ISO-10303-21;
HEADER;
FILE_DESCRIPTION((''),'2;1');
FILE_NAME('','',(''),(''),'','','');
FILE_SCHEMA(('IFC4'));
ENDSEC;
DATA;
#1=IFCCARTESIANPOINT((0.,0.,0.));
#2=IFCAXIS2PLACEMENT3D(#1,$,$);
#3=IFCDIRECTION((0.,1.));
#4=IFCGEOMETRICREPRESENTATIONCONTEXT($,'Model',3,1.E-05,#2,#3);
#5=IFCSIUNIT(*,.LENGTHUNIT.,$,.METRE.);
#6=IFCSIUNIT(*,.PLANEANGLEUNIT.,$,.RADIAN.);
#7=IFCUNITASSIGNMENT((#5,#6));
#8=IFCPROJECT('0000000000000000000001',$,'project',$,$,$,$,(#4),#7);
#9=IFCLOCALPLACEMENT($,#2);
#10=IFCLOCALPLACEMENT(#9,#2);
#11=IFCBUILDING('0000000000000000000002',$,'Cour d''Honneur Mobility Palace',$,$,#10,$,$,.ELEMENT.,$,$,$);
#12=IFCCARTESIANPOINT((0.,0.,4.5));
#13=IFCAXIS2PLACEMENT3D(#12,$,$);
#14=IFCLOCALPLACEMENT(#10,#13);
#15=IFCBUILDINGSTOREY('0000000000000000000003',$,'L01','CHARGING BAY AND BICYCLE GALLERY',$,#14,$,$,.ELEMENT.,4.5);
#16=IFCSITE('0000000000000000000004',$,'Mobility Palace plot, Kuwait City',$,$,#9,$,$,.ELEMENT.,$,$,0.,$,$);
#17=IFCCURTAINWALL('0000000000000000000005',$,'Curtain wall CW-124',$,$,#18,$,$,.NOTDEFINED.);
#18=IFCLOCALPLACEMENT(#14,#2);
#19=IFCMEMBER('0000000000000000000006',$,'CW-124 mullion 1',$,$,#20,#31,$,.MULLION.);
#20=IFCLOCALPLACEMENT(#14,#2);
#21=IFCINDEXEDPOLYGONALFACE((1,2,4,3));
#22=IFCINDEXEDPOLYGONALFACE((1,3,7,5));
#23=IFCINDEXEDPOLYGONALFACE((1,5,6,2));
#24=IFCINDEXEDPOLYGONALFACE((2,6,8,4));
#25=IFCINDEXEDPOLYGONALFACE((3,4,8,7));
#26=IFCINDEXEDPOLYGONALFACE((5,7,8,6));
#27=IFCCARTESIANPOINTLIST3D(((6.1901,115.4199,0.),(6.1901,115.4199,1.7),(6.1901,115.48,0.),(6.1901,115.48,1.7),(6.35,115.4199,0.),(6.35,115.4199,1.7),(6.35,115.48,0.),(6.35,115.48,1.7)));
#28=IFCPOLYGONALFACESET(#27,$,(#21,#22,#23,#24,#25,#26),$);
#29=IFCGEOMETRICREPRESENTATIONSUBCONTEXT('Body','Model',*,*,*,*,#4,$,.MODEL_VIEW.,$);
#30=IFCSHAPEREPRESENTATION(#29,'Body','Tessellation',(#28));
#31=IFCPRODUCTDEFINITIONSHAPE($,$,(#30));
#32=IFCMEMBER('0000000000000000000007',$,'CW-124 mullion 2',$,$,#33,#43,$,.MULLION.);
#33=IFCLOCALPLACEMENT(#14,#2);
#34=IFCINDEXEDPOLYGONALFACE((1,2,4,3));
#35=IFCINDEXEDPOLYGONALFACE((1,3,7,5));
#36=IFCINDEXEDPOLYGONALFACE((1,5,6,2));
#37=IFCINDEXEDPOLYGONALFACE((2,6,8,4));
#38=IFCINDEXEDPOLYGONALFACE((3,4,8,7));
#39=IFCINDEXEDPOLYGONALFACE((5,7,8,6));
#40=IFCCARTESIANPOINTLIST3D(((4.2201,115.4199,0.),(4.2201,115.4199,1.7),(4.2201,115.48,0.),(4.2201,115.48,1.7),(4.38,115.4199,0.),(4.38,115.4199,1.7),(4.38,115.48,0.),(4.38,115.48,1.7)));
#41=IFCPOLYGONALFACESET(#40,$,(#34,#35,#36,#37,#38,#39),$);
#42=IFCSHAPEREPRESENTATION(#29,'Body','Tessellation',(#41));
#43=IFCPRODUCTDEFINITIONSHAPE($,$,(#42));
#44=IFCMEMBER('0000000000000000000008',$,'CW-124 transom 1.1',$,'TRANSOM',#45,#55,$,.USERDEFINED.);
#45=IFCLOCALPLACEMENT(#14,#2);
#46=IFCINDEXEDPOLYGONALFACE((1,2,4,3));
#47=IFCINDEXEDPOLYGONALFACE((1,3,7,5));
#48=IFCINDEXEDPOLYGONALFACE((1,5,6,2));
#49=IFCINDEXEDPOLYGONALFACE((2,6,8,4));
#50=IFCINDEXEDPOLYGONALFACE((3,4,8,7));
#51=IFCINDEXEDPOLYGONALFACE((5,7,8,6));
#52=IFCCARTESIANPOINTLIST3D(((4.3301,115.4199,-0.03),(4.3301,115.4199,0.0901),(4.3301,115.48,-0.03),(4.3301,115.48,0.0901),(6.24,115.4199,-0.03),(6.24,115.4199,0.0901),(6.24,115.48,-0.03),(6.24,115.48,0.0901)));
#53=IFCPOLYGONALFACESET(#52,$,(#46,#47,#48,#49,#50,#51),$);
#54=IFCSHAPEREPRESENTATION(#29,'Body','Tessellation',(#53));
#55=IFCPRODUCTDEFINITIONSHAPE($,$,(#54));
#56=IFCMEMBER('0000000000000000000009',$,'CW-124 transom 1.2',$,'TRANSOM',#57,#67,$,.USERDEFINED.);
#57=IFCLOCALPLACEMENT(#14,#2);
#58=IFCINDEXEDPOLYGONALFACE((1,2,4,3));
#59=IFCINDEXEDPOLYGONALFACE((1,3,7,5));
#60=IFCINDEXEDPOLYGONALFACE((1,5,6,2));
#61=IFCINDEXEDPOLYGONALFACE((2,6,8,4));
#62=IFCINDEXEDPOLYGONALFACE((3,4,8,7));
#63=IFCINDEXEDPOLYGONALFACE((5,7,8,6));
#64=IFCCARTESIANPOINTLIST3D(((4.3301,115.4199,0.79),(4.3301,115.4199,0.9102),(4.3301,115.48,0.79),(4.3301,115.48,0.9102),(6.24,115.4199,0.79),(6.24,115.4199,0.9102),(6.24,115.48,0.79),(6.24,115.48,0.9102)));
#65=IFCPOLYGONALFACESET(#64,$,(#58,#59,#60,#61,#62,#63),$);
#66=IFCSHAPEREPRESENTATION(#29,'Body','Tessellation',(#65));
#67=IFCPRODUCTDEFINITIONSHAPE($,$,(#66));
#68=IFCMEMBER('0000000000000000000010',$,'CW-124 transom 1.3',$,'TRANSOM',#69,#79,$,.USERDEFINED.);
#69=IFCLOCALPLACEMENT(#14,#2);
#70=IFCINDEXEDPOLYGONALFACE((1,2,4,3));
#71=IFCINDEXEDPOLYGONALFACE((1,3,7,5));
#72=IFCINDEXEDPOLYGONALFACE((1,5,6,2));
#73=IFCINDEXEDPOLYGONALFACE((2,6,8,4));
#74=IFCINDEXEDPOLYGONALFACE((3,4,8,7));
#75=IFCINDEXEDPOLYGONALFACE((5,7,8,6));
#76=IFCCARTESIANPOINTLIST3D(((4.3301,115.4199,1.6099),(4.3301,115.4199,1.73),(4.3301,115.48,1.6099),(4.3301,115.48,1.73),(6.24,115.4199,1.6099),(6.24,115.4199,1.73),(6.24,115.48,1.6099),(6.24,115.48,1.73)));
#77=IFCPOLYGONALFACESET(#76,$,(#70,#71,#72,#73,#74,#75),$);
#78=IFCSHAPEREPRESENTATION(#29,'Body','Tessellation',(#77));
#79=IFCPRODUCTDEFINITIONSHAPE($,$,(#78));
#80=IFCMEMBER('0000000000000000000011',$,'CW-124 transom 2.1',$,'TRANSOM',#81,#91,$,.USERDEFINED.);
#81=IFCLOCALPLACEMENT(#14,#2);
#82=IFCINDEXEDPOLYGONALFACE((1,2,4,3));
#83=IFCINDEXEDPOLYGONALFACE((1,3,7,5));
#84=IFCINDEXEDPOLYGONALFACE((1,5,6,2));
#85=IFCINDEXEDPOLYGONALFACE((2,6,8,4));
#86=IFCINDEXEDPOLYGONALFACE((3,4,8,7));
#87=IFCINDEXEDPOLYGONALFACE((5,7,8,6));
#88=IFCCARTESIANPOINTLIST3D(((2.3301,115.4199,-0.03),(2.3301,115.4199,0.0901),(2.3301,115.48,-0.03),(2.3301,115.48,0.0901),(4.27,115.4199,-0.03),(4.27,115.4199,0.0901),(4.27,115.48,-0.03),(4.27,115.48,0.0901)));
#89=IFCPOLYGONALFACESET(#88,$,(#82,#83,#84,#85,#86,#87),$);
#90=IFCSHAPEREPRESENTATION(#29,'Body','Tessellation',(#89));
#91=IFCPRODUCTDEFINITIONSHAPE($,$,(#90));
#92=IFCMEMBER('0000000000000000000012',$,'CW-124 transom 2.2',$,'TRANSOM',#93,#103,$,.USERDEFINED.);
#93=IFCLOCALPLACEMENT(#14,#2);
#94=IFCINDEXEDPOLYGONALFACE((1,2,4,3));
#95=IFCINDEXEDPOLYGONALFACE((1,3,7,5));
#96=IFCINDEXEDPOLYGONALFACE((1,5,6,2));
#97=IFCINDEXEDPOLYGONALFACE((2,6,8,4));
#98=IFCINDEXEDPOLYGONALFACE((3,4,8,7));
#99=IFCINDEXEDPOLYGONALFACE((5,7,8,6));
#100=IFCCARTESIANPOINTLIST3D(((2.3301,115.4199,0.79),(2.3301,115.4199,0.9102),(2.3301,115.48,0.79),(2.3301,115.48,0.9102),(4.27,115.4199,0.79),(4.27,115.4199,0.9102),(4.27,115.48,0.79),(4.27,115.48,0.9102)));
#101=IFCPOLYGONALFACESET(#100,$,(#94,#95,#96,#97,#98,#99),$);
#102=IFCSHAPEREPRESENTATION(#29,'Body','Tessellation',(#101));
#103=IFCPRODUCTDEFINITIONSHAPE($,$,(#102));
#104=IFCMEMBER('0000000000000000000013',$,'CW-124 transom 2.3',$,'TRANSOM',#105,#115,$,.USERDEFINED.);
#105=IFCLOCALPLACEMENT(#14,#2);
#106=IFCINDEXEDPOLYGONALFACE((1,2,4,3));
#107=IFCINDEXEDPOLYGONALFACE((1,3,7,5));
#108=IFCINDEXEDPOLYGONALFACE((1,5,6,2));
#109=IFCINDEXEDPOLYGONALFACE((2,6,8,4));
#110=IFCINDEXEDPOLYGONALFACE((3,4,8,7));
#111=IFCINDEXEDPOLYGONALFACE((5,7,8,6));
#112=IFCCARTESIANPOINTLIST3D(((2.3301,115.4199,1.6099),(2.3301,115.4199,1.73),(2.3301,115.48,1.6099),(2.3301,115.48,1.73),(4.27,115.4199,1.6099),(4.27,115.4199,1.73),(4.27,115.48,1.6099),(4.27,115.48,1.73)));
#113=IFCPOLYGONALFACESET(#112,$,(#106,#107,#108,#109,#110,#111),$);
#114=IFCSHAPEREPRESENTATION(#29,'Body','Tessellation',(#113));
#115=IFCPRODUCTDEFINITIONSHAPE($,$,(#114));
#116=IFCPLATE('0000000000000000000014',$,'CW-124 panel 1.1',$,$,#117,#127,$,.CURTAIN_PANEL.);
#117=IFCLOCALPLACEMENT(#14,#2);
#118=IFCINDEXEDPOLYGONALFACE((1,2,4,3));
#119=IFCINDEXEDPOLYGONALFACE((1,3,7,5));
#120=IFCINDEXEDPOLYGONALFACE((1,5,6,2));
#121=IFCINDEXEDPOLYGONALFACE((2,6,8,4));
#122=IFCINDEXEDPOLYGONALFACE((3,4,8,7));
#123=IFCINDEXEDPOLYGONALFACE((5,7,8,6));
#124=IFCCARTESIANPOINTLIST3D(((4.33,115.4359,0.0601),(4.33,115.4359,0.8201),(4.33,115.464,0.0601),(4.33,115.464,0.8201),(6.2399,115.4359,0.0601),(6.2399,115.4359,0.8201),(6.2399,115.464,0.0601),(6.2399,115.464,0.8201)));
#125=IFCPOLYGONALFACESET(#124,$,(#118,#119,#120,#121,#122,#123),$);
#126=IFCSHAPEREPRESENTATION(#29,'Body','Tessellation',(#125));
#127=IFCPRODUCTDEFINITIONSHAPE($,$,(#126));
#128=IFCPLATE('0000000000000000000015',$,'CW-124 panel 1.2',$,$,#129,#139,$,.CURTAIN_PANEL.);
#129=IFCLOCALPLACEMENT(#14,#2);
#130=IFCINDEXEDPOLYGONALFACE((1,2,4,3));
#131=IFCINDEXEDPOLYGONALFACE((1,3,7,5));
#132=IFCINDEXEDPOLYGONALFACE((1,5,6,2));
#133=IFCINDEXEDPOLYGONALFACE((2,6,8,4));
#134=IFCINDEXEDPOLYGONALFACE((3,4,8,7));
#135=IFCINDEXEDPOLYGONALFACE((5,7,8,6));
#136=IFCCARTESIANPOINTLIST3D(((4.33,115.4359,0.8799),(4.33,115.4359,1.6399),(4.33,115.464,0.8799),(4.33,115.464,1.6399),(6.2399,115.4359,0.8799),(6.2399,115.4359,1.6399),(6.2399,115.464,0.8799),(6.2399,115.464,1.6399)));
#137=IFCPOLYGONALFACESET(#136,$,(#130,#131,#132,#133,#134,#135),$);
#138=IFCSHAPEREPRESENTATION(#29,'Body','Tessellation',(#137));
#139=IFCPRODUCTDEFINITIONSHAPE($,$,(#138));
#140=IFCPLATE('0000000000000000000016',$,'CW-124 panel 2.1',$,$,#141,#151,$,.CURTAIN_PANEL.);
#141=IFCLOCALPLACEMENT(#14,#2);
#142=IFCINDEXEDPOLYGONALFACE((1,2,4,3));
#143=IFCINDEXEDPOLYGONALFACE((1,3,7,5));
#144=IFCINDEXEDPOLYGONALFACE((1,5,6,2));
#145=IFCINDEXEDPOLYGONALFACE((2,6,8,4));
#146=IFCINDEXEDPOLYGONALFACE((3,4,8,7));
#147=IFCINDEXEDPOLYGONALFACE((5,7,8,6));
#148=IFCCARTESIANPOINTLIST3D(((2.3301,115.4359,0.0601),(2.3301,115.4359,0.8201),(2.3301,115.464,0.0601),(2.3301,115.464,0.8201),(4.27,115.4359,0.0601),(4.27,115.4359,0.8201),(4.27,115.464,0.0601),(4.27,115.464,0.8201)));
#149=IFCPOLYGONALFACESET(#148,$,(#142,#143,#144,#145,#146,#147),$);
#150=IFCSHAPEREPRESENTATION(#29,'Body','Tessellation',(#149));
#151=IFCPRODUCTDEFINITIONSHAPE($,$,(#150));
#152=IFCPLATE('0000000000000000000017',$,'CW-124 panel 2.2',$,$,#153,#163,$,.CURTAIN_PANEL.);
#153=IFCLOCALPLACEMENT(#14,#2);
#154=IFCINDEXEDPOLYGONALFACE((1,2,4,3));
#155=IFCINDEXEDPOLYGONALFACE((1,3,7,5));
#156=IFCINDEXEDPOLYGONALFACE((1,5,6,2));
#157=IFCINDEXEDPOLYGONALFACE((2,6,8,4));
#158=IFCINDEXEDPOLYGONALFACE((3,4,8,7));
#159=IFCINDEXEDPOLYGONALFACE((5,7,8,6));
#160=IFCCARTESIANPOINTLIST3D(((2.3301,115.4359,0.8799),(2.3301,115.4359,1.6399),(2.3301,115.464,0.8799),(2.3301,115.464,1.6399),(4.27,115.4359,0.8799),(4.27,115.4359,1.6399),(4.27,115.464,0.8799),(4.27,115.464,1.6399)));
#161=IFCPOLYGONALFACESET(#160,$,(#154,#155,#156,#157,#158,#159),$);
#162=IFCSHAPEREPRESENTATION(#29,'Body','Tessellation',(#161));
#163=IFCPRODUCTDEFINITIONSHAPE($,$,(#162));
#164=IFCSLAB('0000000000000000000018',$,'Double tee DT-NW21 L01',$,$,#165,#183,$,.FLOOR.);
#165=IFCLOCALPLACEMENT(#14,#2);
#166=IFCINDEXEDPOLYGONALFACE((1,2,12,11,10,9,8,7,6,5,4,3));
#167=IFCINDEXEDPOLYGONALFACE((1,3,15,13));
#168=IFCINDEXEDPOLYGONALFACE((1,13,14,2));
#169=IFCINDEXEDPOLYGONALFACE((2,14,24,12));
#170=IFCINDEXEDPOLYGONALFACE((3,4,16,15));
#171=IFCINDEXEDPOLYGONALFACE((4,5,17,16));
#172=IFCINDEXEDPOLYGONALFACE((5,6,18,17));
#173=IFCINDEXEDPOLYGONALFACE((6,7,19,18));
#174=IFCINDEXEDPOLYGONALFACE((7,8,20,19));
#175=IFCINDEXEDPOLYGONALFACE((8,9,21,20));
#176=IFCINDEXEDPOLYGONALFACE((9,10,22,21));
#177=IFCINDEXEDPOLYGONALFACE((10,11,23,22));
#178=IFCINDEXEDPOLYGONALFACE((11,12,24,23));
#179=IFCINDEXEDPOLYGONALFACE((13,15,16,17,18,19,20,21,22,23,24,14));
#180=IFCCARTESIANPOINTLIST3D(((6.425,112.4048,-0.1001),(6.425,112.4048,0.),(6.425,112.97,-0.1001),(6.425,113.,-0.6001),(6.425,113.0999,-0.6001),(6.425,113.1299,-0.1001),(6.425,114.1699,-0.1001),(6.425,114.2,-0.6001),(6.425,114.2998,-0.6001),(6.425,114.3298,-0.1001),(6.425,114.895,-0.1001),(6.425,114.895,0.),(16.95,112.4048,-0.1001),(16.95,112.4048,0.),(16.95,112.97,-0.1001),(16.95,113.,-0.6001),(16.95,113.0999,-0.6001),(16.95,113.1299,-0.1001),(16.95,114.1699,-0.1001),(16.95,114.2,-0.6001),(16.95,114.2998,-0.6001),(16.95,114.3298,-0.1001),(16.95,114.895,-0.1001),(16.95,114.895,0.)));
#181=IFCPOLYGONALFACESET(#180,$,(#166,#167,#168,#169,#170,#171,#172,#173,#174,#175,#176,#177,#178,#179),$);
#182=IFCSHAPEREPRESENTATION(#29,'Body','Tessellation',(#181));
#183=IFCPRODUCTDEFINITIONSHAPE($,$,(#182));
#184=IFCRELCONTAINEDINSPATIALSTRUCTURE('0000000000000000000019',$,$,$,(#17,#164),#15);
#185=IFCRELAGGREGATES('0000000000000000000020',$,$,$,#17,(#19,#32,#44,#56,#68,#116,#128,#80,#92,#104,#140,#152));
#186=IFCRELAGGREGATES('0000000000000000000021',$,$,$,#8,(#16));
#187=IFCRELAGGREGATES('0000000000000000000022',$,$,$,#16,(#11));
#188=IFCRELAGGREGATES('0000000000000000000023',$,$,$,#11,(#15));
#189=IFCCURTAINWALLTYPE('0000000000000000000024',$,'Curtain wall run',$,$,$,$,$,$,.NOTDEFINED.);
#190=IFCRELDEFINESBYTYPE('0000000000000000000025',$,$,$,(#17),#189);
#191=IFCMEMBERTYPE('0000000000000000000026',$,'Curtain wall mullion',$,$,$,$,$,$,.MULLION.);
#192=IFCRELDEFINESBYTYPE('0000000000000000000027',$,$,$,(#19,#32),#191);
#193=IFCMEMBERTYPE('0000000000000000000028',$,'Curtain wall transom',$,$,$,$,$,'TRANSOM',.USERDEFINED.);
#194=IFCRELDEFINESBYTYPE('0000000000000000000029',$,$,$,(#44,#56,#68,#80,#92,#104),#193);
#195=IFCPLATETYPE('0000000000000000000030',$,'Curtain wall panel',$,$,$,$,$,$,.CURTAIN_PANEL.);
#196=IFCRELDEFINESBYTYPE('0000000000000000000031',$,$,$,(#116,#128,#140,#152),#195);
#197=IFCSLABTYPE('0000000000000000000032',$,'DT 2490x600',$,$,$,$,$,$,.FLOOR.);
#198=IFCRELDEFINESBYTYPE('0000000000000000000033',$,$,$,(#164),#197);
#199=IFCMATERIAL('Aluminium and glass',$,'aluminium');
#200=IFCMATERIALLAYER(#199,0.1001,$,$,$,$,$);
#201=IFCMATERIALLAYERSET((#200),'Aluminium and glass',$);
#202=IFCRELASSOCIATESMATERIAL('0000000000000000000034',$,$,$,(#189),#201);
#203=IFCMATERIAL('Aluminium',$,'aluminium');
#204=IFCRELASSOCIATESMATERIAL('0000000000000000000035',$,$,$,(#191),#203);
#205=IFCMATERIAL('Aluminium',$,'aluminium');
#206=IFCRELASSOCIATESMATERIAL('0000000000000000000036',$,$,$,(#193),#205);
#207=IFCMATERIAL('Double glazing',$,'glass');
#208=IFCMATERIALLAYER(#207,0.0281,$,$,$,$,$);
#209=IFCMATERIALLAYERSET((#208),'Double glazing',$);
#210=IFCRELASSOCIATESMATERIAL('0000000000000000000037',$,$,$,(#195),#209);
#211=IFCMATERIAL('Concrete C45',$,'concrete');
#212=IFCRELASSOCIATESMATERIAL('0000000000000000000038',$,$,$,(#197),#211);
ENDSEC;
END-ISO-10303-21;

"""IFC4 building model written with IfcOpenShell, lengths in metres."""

from ifc_helpers import new_model, si_unit, direction, frame, origin, origin_2d, place, context, subcontext, project, spatial, polyline, rectangle, outline, extrude, material, layer, layer_set, material_profile, profile_set, type_object, element, aggregate, save


model = new_model("IFC4")

# Units and contexts
model_context = context("Model", 3, precision=1e-05, world=origin(), true_north=direction((0.0, 1.0)))
body_context = subcontext(model_context, "Body", "Model", "MODEL_VIEW")
ifc_project = project(units=[si_unit("LENGTHUNIT", "METRE"), si_unit("PLANEANGLEUNIT", "RADIAN")], contexts=[model_context])

# Site, building, storey
site_placement = place(None, origin())
site = spatial("IfcSite", under=ifc_project, at=site_placement, Name="Mobility Palace plot, Kuwait City", CompositionType="ELEMENT", RefElevation=0.0)
building_placement = place(site_placement, origin())
building = spatial("IfcBuilding", under=site, at=building_placement, Name="Cour d'Honneur Mobility Palace", CompositionType="ELEMENT")
storey_placement = place(building_placement, frame((0.0, 0.0, 4.5)))
storey = spatial("IfcBuildingStorey", under=building, at=storey_placement, Name="L01", Description="CHARGING BAY AND BICYCLE GALLERY", CompositionType="ELEMENT", Elevation=4.5)

# Curtain wall, members, plates
ifc_material_1 = material(Name="Aluminium and glass", Category="aluminium")
ifc_layer_1 = layer(ifc_material_1, 0.1001)
ifc_layer_set_1 = layer_set([ifc_layer_1], Name="Aluminium and glass")
curtain_wall_type = type_object("IfcCurtainWallType", Name="Curtain wall run", PredefinedType="NOTDEFINED", material=ifc_layer_set_1)
curtain_wall_placement = place(storey_placement, origin())
curtain_wall = element("IfcCurtainWall", 1, at=curtain_wall_placement, inside=storey, type_object=curtain_wall_type, Name="Curtain wall CW-124", PredefinedType="NOTDEFINED")
ifc_material_2 = material(Name="Aluminium", Category="aluminium")
ifc_material_profile_1 = material_profile(ifc_material_2, rectangle(XDim=0.0601, YDim=0.1599, at=origin_2d()), Name="Curtain wall mullion")
ifc_profile_set_1 = profile_set([ifc_material_profile_1], Name="Aluminium")
member_type_1 = type_object("IfcMemberType", Name="Curtain wall mullion", PredefinedType="MULLION", material=ifc_profile_set_1)
member_1_placement = place(storey_placement, frame((6.27, 115.45, 0.0), z_axis=(0.0, 0.0, 1.0), x_axis=(0.0, -1.0, 0.0)))
member_1 = element("IfcMember", 2, at=member_1_placement, type_object=member_type_1, Name="CW-124 mullion 1", PredefinedType="MULLION", context=body_context, shape_type="SweptSolid", body=[
    extrude(rectangle(XDim=0.0601, YDim=0.1599, at=origin_2d()), origin(), (0.0, 0.0, 1.0), 1.7),
])
member_2_placement = place(storey_placement, frame((4.3, 115.45, 0.0), z_axis=(0.0, 0.0, 1.0), x_axis=(0.0, -1.0, 0.0)))
member_2 = element("IfcMember", 3, at=member_2_placement, type_object=member_type_1, Name="CW-124 mullion 2", PredefinedType="MULLION", context=body_context, shape_type="SweptSolid", body=[
    extrude(rectangle(XDim=0.0601, YDim=0.1599, at=origin_2d()), origin(), (0.0, 0.0, 1.0), 1.7),
])
ifc_material_3 = material(Name="Aluminium", Category="aluminium")
ifc_material_profile_2 = material_profile(ifc_material_3, rectangle(XDim=0.0601, YDim=0.1201, at=origin_2d()), Name="Curtain wall transom")
ifc_profile_set_2 = profile_set([ifc_material_profile_2], Name="Aluminium")
member_type_2 = type_object("IfcMemberType", Name="Curtain wall transom", ElementType="TRANSOM", PredefinedType="USERDEFINED", material=ifc_profile_set_2)
member_3_placement = place(storey_placement, frame((6.24, 115.45, 0.03), z_axis=(-1.0, 0.0, 0.0), x_axis=(0.0, -1.0, 0.0)))
member_3 = element("IfcMember", 4, at=member_3_placement, type_object=member_type_2, Name="CW-124 transom 1.1", ObjectType="TRANSOM", PredefinedType="USERDEFINED", context=body_context, shape_type="SweptSolid", body=[
    extrude(rectangle(XDim=0.0601, YDim=0.1201, at=origin_2d()), origin(), (0.0, 0.0, 1.0), 1.9099),
])
member_4_placement = place(storey_placement, frame((6.24, 115.45, 0.8501), z_axis=(-1.0, 0.0, 0.0), x_axis=(0.0, -1.0, 0.0)))
member_4 = element("IfcMember", 5, at=member_4_placement, type_object=member_type_2, Name="CW-124 transom 1.2", ObjectType="TRANSOM", PredefinedType="USERDEFINED", context=body_context, shape_type="SweptSolid", body=[
    extrude(rectangle(XDim=0.0601, YDim=0.1201, at=origin_2d()), origin(), (0.0, 0.0, 1.0), 1.9099),
])
member_5_placement = place(storey_placement, frame((6.24, 115.45, 1.6699), z_axis=(-1.0, 0.0, 0.0), x_axis=(0.0, -1.0, 0.0)))
member_5 = element("IfcMember", 6, at=member_5_placement, type_object=member_type_2, Name="CW-124 transom 1.3", ObjectType="TRANSOM", PredefinedType="USERDEFINED", context=body_context, shape_type="SweptSolid", body=[
    extrude(rectangle(XDim=0.0601, YDim=0.1201, at=origin_2d()), origin(), (0.0, 0.0, 1.0), 1.9099),
])
member_6_placement = place(storey_placement, frame((4.27, 115.45, 0.03), z_axis=(-1.0, 0.0, 0.0), x_axis=(0.0, -1.0, 0.0)))
member_6 = element("IfcMember", 7, at=member_6_placement, type_object=member_type_2, Name="CW-124 transom 2.1", ObjectType="TRANSOM", PredefinedType="USERDEFINED", context=body_context, shape_type="SweptSolid", body=[
    extrude(rectangle(XDim=0.0601, YDim=0.1201, at=origin_2d()), origin(), (0.0, 0.0, 1.0), 1.9399),
])
member_7_placement = place(storey_placement, frame((4.27, 115.45, 0.8501), z_axis=(-1.0, 0.0, 0.0), x_axis=(0.0, -1.0, 0.0)))
member_7 = element("IfcMember", 8, at=member_7_placement, type_object=member_type_2, Name="CW-124 transom 2.2", ObjectType="TRANSOM", PredefinedType="USERDEFINED", context=body_context, shape_type="SweptSolid", body=[
    extrude(rectangle(XDim=0.0601, YDim=0.1201, at=origin_2d()), origin(), (0.0, 0.0, 1.0), 1.9399),
])
member_8_placement = place(storey_placement, frame((4.27, 115.45, 1.6699), z_axis=(-1.0, 0.0, 0.0), x_axis=(0.0, -1.0, 0.0)))
member_8 = element("IfcMember", 9, at=member_8_placement, type_object=member_type_2, Name="CW-124 transom 2.3", ObjectType="TRANSOM", PredefinedType="USERDEFINED", context=body_context, shape_type="SweptSolid", body=[
    extrude(rectangle(XDim=0.0601, YDim=0.1201, at=origin_2d()), origin(), (0.0, 0.0, 1.0), 1.9399),
])
ifc_material_4 = material(Name="Double glazing", Category="glass")
ifc_layer_2 = layer(ifc_material_4, 0.0281)
ifc_layer_set_2 = layer_set([ifc_layer_2], Name="Double glazing")
plate_type = type_object("IfcPlateType", Name="Curtain wall panel", PredefinedType="CURTAIN_PANEL", material=ifc_layer_set_2)
plate_1_placement = place(storey_placement, frame((5.2849, 115.45, 0.0601), z_axis=(0.0, 0.0, 1.0), x_axis=(-1.0, 0.0, 0.0)))
plate_1 = element("IfcPlate", 10, at=plate_1_placement, type_object=plate_type, Name="CW-124 panel 1.1", PredefinedType="CURTAIN_PANEL", context=body_context, shape_type="SweptSolid", body=[
    extrude(rectangle(XDim=1.9099, YDim=0.0281, at=origin_2d()), origin(), (0.0, 0.0, 1.0), 0.76),
])
plate_2_placement = place(storey_placement, frame((5.2849, 115.45, 0.8799), z_axis=(0.0, 0.0, 1.0), x_axis=(-1.0, 0.0, 0.0)))
plate_2 = element("IfcPlate", 11, at=plate_2_placement, type_object=plate_type, Name="CW-124 panel 1.2", PredefinedType="CURTAIN_PANEL", context=body_context, shape_type="SweptSolid", body=[
    extrude(rectangle(XDim=1.9099, YDim=0.0281, at=origin_2d()), origin(), (0.0, 0.0, 1.0), 0.76),
])
plate_3_placement = place(storey_placement, frame((3.3, 115.45, 0.0601), z_axis=(0.0, 0.0, 1.0), x_axis=(-1.0, 0.0, 0.0)))
plate_3 = element("IfcPlate", 12, at=plate_3_placement, type_object=plate_type, Name="CW-124 panel 2.1", PredefinedType="CURTAIN_PANEL", context=body_context, shape_type="SweptSolid", body=[
    extrude(rectangle(XDim=1.9399, YDim=0.0281, at=origin_2d()), origin(), (0.0, 0.0, 1.0), 0.76),
])
plate_4_placement = place(storey_placement, frame((3.3, 115.45, 0.8799), z_axis=(0.0, 0.0, 1.0), x_axis=(-1.0, 0.0, 0.0)))
plate_4 = element("IfcPlate", 13, at=plate_4_placement, type_object=plate_type, Name="CW-124 panel 2.2", PredefinedType="CURTAIN_PANEL", context=body_context, shape_type="SweptSolid", body=[
    extrude(rectangle(XDim=1.9399, YDim=0.0281, at=origin_2d()), origin(), (0.0, 0.0, 1.0), 0.76),
])
aggregate(curtain_wall, [member_1, member_2, member_3, member_4, member_5, plate_1, plate_2, member_6, member_7, member_8, plate_3, plate_4])

# Slab
ifc_material_5 = material(Name="Concrete C45", Category="concrete")
ifc_material_profile_3 = material_profile(ifc_material_5, outline(polyline([(-1.2451, 0.0), (1.2451, 0.0), (1.2451, -0.1001), (0.6799, -0.1001), (0.6499, -0.6001), (0.55, -0.6001), (0.52, -0.1001), (-0.52, -0.1001), (-0.55, -0.6001), (-0.6499, -0.6001), (-0.6799, -0.1001), (-1.2451, -0.1001), (-1.2451, 0.0)])), Name="DT 2490x600")
ifc_profile_set_3 = profile_set([ifc_material_profile_3], Name="Concrete C45")
slab_type = type_object("IfcSlabType", Name="DT 2490x600", PredefinedType="FLOOR", material=ifc_profile_set_3)
slab_placement = place(storey_placement, frame((6.425, 113.6499, 0.0), z_axis=(1.0, 0.0, 0.0), x_axis=(0.0, 1.0, 0.0)))
element("IfcSlab", 14, at=slab_placement, inside=storey, type_object=slab_type, Name="Double tee DT-NW21 L01", PredefinedType="FLOOR", context=body_context, shape_type="SweptSolid", body=[
    extrude(outline(polyline([(-1.2451, 0.0), (1.2451, 0.0), (1.2451, -0.1001), (0.6799, -0.1001), (0.6499, -0.6001), (0.55, -0.6001), (0.52, -0.1001), (-0.52, -0.1001), (-0.55, -0.6001), (-0.6499, -0.6001), (-0.6799, -0.1001), (-1.2451, -0.1001), (-1.2451, 0.0)])), origin(), (0.0, 0.0, 1.0), 10.5249),
])

save(model, "model.ifc")
